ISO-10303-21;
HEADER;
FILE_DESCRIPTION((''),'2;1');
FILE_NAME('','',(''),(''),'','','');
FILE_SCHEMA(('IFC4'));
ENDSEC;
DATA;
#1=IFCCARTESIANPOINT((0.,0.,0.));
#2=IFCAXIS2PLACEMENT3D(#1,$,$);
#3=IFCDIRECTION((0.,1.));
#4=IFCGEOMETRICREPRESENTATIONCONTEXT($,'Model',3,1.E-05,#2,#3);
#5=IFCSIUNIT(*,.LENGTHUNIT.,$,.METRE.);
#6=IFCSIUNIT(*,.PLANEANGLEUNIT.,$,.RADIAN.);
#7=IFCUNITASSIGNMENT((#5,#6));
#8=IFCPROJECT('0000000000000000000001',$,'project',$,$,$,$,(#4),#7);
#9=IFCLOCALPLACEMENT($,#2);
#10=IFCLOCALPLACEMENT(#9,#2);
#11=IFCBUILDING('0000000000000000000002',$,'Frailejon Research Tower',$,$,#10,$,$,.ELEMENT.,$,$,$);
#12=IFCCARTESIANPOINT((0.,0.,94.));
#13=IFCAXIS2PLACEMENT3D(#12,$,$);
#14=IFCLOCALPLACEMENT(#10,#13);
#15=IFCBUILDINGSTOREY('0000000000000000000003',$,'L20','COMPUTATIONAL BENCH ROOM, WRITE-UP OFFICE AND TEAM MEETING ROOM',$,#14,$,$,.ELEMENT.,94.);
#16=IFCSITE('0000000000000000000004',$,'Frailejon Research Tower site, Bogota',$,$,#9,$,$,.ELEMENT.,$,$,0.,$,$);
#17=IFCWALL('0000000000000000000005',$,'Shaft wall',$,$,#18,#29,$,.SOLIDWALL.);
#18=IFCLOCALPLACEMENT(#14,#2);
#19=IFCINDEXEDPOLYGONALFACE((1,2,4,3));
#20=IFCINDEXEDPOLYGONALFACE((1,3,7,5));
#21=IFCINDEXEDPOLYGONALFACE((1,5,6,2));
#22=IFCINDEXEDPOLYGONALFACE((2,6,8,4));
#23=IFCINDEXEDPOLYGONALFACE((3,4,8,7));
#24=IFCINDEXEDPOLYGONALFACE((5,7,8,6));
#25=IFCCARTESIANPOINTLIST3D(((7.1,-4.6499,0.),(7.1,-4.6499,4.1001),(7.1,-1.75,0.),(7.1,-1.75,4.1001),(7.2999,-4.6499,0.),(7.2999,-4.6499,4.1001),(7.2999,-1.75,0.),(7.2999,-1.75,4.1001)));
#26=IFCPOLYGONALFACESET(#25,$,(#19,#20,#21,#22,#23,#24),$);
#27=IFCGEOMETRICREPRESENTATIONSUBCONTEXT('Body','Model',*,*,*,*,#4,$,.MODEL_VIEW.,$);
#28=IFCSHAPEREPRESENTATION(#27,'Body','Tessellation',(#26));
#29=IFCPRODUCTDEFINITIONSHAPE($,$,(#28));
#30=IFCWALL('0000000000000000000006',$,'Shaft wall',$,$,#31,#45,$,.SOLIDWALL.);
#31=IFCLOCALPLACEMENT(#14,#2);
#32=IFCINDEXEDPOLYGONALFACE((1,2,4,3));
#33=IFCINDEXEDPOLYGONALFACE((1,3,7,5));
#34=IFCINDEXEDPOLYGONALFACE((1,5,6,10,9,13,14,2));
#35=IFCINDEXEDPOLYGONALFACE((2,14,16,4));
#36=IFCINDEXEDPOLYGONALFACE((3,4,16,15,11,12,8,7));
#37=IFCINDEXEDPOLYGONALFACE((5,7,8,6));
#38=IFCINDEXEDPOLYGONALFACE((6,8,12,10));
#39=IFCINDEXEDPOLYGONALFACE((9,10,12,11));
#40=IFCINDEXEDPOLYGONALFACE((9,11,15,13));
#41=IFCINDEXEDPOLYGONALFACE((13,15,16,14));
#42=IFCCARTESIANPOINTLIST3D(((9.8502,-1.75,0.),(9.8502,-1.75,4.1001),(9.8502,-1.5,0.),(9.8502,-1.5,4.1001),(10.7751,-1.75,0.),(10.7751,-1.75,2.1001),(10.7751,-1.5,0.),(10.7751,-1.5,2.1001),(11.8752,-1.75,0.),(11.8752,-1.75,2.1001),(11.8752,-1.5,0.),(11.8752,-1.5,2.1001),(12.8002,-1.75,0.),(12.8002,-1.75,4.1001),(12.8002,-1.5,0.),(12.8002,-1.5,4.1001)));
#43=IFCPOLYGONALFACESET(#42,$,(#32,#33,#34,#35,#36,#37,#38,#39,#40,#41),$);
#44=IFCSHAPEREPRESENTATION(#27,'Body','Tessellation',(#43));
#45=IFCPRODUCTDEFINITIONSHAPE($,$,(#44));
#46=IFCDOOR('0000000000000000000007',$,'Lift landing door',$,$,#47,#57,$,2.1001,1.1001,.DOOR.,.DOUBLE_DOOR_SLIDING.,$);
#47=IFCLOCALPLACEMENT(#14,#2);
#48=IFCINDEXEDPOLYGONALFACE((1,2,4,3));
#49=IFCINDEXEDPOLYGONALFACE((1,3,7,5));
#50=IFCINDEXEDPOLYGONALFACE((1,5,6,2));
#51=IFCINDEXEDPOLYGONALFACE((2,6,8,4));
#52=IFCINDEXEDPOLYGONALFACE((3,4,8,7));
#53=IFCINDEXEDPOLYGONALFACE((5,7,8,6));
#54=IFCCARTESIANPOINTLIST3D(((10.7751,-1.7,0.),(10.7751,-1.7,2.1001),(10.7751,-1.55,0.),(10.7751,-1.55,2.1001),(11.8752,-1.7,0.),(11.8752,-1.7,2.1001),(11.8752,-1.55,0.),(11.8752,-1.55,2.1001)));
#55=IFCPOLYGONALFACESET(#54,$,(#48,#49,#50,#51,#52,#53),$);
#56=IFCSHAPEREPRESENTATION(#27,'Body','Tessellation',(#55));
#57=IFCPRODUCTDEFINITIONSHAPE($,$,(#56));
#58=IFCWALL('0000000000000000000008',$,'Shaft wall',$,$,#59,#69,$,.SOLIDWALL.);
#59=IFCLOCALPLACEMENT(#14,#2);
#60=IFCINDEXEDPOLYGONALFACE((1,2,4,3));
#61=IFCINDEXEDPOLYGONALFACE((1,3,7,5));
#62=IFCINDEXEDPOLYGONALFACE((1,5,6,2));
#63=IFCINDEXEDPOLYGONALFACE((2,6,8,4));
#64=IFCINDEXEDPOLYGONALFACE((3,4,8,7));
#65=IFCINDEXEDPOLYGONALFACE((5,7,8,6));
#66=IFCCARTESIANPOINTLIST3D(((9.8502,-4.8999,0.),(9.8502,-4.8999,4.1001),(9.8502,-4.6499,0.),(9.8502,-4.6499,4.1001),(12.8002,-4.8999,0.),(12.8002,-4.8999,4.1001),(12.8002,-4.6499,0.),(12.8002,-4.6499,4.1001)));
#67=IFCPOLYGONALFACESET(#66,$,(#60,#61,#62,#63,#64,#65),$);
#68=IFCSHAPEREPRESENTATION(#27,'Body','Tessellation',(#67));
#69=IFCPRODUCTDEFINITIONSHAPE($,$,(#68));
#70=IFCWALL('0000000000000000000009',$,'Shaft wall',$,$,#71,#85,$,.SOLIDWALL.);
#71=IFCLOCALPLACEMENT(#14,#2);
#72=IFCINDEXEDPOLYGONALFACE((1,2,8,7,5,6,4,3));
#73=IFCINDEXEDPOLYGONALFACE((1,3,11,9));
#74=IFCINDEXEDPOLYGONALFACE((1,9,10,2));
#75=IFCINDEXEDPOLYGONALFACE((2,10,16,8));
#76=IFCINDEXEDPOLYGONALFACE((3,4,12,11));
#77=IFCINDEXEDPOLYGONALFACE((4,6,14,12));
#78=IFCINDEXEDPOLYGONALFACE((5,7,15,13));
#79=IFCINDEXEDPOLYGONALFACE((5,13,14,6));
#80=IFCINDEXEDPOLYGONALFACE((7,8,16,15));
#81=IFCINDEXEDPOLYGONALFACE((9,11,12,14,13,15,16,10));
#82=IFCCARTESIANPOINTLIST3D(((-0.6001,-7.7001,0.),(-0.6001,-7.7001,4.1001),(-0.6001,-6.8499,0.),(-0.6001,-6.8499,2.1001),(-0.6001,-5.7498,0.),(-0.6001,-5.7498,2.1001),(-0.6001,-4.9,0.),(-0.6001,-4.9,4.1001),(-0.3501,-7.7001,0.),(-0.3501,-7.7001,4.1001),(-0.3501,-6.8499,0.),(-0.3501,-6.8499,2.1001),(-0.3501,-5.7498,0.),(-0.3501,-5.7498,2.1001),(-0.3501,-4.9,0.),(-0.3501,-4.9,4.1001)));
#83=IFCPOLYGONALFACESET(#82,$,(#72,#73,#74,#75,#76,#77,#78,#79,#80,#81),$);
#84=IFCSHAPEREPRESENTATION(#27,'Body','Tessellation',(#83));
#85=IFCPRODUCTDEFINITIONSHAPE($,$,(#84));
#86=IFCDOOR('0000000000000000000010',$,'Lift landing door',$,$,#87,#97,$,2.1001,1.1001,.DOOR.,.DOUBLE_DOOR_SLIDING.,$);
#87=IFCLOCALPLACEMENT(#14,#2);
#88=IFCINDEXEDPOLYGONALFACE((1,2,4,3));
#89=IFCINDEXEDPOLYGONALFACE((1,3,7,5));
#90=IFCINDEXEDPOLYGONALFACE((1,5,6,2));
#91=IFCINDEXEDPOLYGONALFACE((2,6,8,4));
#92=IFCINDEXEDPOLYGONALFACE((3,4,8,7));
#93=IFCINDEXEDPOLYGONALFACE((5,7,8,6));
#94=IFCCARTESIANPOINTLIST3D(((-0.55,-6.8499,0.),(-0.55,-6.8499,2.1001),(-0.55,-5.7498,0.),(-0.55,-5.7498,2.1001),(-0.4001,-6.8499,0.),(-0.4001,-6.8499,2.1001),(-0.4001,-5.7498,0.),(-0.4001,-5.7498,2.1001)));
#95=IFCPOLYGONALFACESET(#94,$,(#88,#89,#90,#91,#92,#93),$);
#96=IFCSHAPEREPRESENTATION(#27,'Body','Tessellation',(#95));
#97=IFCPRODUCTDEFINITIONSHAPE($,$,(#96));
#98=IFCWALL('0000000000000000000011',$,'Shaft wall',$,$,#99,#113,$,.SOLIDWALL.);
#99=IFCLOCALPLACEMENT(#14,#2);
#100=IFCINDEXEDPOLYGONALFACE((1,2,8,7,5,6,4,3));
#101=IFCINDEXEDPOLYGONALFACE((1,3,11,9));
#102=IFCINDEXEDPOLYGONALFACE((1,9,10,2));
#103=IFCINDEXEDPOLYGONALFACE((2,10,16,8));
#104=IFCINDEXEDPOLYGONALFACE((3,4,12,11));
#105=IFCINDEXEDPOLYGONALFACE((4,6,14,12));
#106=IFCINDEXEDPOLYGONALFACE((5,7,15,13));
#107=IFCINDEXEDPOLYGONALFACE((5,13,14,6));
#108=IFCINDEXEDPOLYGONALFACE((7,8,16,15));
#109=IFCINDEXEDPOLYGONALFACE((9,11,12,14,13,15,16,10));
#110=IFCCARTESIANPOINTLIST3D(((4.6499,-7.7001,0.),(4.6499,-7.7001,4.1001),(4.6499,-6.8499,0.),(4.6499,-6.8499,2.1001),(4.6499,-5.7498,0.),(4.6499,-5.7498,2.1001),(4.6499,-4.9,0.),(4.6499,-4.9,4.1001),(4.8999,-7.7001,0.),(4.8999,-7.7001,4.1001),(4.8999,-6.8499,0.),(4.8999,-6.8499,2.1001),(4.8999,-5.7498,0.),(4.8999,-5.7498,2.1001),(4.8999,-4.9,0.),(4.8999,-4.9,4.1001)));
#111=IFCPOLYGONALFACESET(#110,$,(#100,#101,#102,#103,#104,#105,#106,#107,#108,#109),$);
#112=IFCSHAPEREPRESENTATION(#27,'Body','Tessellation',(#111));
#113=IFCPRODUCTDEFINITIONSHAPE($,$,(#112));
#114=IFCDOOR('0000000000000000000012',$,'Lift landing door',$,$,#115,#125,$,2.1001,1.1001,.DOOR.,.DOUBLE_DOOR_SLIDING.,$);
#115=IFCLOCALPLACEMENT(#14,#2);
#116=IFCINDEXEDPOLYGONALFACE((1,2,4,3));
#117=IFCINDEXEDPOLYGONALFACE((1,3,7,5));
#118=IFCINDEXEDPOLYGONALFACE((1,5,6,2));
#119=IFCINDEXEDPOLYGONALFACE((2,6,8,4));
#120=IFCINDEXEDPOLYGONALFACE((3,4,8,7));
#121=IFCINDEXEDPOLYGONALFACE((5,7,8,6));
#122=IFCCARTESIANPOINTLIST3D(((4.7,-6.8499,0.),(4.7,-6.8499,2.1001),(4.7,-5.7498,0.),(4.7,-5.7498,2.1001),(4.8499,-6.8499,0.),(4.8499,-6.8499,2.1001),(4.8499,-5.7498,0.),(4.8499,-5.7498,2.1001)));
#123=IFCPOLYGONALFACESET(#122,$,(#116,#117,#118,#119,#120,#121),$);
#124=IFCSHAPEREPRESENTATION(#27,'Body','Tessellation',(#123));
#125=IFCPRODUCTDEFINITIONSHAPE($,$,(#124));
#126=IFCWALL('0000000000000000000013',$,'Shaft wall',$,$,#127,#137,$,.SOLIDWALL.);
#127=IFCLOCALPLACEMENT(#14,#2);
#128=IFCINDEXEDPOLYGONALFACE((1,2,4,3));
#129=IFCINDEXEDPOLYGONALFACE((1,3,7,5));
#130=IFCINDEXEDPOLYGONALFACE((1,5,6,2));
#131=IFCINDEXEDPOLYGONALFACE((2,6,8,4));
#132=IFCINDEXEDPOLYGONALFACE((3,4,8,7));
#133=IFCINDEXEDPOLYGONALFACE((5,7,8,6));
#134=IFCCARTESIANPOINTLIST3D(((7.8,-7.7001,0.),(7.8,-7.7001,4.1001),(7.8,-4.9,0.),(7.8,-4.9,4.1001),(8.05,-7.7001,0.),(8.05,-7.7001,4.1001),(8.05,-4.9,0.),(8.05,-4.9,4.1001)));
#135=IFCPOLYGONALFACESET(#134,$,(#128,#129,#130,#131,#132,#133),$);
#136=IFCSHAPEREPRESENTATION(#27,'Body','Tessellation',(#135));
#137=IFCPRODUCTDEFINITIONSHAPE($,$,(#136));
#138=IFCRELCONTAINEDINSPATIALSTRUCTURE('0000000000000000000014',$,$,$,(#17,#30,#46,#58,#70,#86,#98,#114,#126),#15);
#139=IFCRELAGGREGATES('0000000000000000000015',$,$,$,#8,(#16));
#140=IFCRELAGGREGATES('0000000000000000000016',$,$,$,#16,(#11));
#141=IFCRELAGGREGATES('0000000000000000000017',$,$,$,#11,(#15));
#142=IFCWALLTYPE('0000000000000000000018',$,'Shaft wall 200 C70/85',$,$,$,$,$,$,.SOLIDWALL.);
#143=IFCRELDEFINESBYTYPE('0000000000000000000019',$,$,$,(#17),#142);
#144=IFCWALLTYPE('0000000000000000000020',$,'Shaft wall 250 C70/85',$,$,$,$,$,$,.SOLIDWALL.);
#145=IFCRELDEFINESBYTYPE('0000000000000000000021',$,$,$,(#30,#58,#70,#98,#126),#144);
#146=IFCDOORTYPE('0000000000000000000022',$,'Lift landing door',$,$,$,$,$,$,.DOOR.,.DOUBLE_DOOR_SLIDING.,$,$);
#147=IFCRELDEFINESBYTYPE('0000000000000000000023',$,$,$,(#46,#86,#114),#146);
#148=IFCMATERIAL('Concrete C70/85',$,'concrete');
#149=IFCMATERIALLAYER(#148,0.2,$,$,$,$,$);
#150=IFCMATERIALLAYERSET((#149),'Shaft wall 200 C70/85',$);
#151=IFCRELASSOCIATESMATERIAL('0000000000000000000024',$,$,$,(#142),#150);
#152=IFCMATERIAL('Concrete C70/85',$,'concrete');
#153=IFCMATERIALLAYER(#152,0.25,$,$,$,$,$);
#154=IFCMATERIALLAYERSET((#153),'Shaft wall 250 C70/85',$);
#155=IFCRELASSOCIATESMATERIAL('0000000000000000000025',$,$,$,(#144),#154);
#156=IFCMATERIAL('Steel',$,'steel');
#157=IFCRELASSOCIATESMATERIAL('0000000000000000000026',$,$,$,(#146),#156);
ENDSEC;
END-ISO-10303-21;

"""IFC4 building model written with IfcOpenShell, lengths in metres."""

from ifc_helpers import new_model, si_unit, direction, frame, frame_2d, origin, place, context, subcontext, project, spatial, rectangle, extrude, material, layer, layer_set, type_object, element, fill, save


model = new_model("IFC4")

# Units and contexts
model_context = context("Model", 3, precision=1e-05, world=origin(), true_north=direction((0.0, 1.0)))
body_context = subcontext(model_context, "Body", "Model", "MODEL_VIEW")
ifc_project = project(units=[si_unit("LENGTHUNIT", "METRE"), si_unit("PLANEANGLEUNIT", "RADIAN")], contexts=[model_context])

# Site, building, storey
site_placement = place(None, origin())
site = spatial("IfcSite", under=ifc_project, at=site_placement, Name="Frailejon Research Tower site, Bogota", CompositionType="ELEMENT", RefElevation=0.0)
building_placement = place(site_placement, origin())
building = spatial("IfcBuilding", under=site, at=building_placement, Name="Frailejon Research Tower", CompositionType="ELEMENT")
storey_placement = place(building_placement, frame((0.0, 0.0, 94.0)))
storey = spatial("IfcBuildingStorey", under=building, at=storey_placement, Name="L20", Description="COMPUTATIONAL BENCH ROOM, WRITE-UP OFFICE AND TEAM MEETING ROOM", CompositionType="ELEMENT", Elevation=94.0)

# Wall
ifc_material_1 = material(Name="Concrete C70/85", Category="concrete")
ifc_layer_1 = layer(ifc_material_1, 0.2)
ifc_layer_set_1 = layer_set([ifc_layer_1], Name="Shaft wall 200 C70/85")
wall_type_1 = type_object("IfcWallType", Name="Shaft wall 200 C70/85", PredefinedType="SOLIDWALL", material=ifc_layer_set_1)
for number, where, z_axis, x_axis, name in (
    (1, (7.2, -4.6499, 0.0), (0.0, 0.0, 1.0), (0.0, 1.0, 0.0), "Shaft wall"),
):
    element("IfcWall", number, at=place(storey_placement, frame(where, z_axis=z_axis, x_axis=x_axis)), inside=storey, type_object=wall_type_1, Name=name, PredefinedType="SOLIDWALL", context=body_context, shape_type="SweptSolid", body=[
        extrude(rectangle(XDim=2.8999, YDim=0.2, at=frame_2d((1.45, 0.0))), origin(), (0.0, 0.0, 1.0), 4.1001),
    ])

# Wall, opening, door
ifc_material_2 = material(Name="Concrete C70/85", Category="concrete")
ifc_layer_2 = layer(ifc_material_2, 0.25)
ifc_layer_set_2 = layer_set([ifc_layer_2], Name="Shaft wall 250 C70/85")
wall_type_2 = type_object("IfcWallType", Name="Shaft wall 250 C70/85", PredefinedType="SOLIDWALL", material=ifc_layer_set_2)
wall_1_placement = place(storey_placement, frame((9.8501, -1.625, 0.0), z_axis=(0.0, 0.0, 1.0), x_axis=(1.0, 0.0, 0.0)))
wall_1 = element("IfcWall", 2, at=wall_1_placement, inside=storey, type_object=wall_type_2, Name="Shaft wall", PredefinedType="SOLIDWALL", context=body_context, shape_type="SweptSolid", body=[
    extrude(rectangle(XDim=2.95, YDim=0.25, at=frame_2d((1.4751, 0.0))), origin(), (0.0, 0.0, 1.0), 4.1001),
])
opening_1_placement = place(wall_1_placement, frame((0.925, 0.0, 0.0)))
opening_1 = element("IfcOpeningElement", 3, at=opening_1_placement, cuts=wall_1, PredefinedType="OPENING", context=body_context, shape_type="SweptSolid", body=[
    extrude(rectangle(XDim=1.1001, YDim=2.1001, at=frame_2d((0.55, 1.05))), frame((0.0, 0.135, 0.0), z_axis=(0.0, -1.0, 0.0), x_axis=(1.0, 0.0, 0.0)), (0.0, 0.0, 1.0), 0.27),
])
ifc_material_3 = material(Name="Steel", Category="steel")
door_type_1 = type_object("IfcDoorType", Name="Lift landing door", OperationType="DOUBLE_DOOR_SLIDING", PredefinedType="DOOR", material=ifc_material_3)
door_1_placement = place(opening_1_placement, origin())
door_1 = element("IfcDoor", 4, at=door_1_placement, inside=storey, type_object=door_type_1, Name="Lift landing door", OperationType="DOUBLE_DOOR_SLIDING", OverallHeight=2.1001, OverallWidth=1.1001, PredefinedType="DOOR", context=body_context, shape_type="SweptSolid", body=[
    extrude(rectangle(XDim=1.1001, YDim=2.1001, at=frame_2d((0.55, 1.05))), frame((0.0, 0.075, 0.0), z_axis=(0.0, -1.0, 0.0), x_axis=(1.0, 0.0, 0.0)), (0.0, 0.0, 1.0), 0.1499),
])
fill(opening_1, door_1)

# Wall
wall_2_placement = place(storey_placement, frame((9.8501, -4.7749, 0.0), z_axis=(0.0, 0.0, 1.0), x_axis=(1.0, 0.0, 0.0)))
element("IfcWall", 5, at=wall_2_placement, inside=storey, type_object=wall_type_2, Name="Shaft wall", PredefinedType="SOLIDWALL", context=body_context, shape_type="SweptSolid", body=[
    extrude(rectangle(XDim=2.95, YDim=0.25, at=frame_2d((1.4751, 0.0))), origin(), (0.0, 0.0, 1.0), 4.1001),
])

# Walls, openings, doors
wall_3_placement = place(storey_placement, frame((-0.4751, -7.7, 0.0), z_axis=(0.0, 0.0, 1.0), x_axis=(0.0, 1.0, 0.0)))
wall_3 = element("IfcWall", 6, at=wall_3_placement, inside=storey, type_object=wall_type_2, Name="Shaft wall", PredefinedType="SOLIDWALL", context=body_context, shape_type="SweptSolid", body=[
    extrude(rectangle(XDim=2.8, YDim=0.25, at=frame_2d((1.3999, 0.0))), origin(), (0.0, 0.0, 1.0), 4.1001),
])
opening_2_placement = place(wall_3_placement, frame((0.8501, 0.0, 0.0)))
opening_2 = element("IfcOpeningElement", 7, at=opening_2_placement, cuts=wall_3, PredefinedType="OPENING", context=body_context, shape_type="SweptSolid", body=[
    extrude(rectangle(XDim=1.1001, YDim=2.1001, at=frame_2d((0.55, 1.05))), frame((0.0, 0.135, 0.0), z_axis=(0.0, -1.0, 0.0), x_axis=(1.0, 0.0, 0.0)), (0.0, 0.0, 1.0), 0.27),
])
door_2_placement = place(opening_2_placement, origin())
door_2 = element("IfcDoor", 8, at=door_2_placement, inside=storey, type_object=door_type_1, Name="Lift landing door", OperationType="DOUBLE_DOOR_SLIDING", OverallHeight=2.1001, OverallWidth=1.1001, PredefinedType="DOOR", context=body_context, shape_type="SweptSolid", body=[
    extrude(rectangle(XDim=1.1001, YDim=2.1001, at=frame_2d((0.55, 1.05))), frame((0.0, 0.075, 0.0), z_axis=(0.0, -1.0, 0.0), x_axis=(1.0, 0.0, 0.0)), (0.0, 0.0, 1.0), 0.1499),
])
fill(opening_2, door_2)
wall_4_placement = place(storey_placement, frame((4.7749, -7.7, 0.0), z_axis=(0.0, 0.0, 1.0), x_axis=(0.0, 1.0, 0.0)))
wall_4 = element("IfcWall", 9, at=wall_4_placement, inside=storey, type_object=wall_type_2, Name="Shaft wall", PredefinedType="SOLIDWALL", context=body_context, shape_type="SweptSolid", body=[
    extrude(rectangle(XDim=2.8, YDim=0.25, at=frame_2d((1.3999, 0.0))), origin(), (0.0, 0.0, 1.0), 4.1001),
])
opening_3_placement = place(wall_4_placement, frame((0.8501, 0.0, 0.0)))
opening_3 = element("IfcOpeningElement", 10, at=opening_3_placement, cuts=wall_4, PredefinedType="OPENING", context=body_context, shape_type="SweptSolid", body=[
    extrude(rectangle(XDim=1.1001, YDim=2.1001, at=frame_2d((0.55, 1.05))), frame((0.0, 0.135, 0.0), z_axis=(0.0, -1.0, 0.0), x_axis=(1.0, 0.0, 0.0)), (0.0, 0.0, 1.0), 0.27),
])
door_3_placement = place(opening_3_placement, origin())
door_3 = element("IfcDoor", 11, at=door_3_placement, inside=storey, type_object=door_type_1, Name="Lift landing door", OperationType="DOUBLE_DOOR_SLIDING", OverallHeight=2.1001, OverallWidth=1.1001, PredefinedType="DOOR", context=body_context, shape_type="SweptSolid", body=[
    extrude(rectangle(XDim=1.1001, YDim=2.1001, at=frame_2d((0.55, 1.05))), frame((0.0, 0.075, 0.0), z_axis=(0.0, -1.0, 0.0), x_axis=(1.0, 0.0, 0.0)), (0.0, 0.0, 1.0), 0.1499),
])
fill(opening_3, door_3)

# Wall
wall_5_placement = place(storey_placement, frame((7.925, -7.7, 0.0), z_axis=(0.0, 0.0, 1.0), x_axis=(0.0, 1.0, 0.0)))
element("IfcWall", 12, at=wall_5_placement, inside=storey, type_object=wall_type_2, Name="Shaft wall", PredefinedType="SOLIDWALL", context=body_context, shape_type="SweptSolid", body=[
    extrude(rectangle(XDim=2.8, YDim=0.25, at=frame_2d((1.3999, 0.0))), origin(), (0.0, 0.0, 1.0), 4.1001),
])

save(model, "model.ifc")
